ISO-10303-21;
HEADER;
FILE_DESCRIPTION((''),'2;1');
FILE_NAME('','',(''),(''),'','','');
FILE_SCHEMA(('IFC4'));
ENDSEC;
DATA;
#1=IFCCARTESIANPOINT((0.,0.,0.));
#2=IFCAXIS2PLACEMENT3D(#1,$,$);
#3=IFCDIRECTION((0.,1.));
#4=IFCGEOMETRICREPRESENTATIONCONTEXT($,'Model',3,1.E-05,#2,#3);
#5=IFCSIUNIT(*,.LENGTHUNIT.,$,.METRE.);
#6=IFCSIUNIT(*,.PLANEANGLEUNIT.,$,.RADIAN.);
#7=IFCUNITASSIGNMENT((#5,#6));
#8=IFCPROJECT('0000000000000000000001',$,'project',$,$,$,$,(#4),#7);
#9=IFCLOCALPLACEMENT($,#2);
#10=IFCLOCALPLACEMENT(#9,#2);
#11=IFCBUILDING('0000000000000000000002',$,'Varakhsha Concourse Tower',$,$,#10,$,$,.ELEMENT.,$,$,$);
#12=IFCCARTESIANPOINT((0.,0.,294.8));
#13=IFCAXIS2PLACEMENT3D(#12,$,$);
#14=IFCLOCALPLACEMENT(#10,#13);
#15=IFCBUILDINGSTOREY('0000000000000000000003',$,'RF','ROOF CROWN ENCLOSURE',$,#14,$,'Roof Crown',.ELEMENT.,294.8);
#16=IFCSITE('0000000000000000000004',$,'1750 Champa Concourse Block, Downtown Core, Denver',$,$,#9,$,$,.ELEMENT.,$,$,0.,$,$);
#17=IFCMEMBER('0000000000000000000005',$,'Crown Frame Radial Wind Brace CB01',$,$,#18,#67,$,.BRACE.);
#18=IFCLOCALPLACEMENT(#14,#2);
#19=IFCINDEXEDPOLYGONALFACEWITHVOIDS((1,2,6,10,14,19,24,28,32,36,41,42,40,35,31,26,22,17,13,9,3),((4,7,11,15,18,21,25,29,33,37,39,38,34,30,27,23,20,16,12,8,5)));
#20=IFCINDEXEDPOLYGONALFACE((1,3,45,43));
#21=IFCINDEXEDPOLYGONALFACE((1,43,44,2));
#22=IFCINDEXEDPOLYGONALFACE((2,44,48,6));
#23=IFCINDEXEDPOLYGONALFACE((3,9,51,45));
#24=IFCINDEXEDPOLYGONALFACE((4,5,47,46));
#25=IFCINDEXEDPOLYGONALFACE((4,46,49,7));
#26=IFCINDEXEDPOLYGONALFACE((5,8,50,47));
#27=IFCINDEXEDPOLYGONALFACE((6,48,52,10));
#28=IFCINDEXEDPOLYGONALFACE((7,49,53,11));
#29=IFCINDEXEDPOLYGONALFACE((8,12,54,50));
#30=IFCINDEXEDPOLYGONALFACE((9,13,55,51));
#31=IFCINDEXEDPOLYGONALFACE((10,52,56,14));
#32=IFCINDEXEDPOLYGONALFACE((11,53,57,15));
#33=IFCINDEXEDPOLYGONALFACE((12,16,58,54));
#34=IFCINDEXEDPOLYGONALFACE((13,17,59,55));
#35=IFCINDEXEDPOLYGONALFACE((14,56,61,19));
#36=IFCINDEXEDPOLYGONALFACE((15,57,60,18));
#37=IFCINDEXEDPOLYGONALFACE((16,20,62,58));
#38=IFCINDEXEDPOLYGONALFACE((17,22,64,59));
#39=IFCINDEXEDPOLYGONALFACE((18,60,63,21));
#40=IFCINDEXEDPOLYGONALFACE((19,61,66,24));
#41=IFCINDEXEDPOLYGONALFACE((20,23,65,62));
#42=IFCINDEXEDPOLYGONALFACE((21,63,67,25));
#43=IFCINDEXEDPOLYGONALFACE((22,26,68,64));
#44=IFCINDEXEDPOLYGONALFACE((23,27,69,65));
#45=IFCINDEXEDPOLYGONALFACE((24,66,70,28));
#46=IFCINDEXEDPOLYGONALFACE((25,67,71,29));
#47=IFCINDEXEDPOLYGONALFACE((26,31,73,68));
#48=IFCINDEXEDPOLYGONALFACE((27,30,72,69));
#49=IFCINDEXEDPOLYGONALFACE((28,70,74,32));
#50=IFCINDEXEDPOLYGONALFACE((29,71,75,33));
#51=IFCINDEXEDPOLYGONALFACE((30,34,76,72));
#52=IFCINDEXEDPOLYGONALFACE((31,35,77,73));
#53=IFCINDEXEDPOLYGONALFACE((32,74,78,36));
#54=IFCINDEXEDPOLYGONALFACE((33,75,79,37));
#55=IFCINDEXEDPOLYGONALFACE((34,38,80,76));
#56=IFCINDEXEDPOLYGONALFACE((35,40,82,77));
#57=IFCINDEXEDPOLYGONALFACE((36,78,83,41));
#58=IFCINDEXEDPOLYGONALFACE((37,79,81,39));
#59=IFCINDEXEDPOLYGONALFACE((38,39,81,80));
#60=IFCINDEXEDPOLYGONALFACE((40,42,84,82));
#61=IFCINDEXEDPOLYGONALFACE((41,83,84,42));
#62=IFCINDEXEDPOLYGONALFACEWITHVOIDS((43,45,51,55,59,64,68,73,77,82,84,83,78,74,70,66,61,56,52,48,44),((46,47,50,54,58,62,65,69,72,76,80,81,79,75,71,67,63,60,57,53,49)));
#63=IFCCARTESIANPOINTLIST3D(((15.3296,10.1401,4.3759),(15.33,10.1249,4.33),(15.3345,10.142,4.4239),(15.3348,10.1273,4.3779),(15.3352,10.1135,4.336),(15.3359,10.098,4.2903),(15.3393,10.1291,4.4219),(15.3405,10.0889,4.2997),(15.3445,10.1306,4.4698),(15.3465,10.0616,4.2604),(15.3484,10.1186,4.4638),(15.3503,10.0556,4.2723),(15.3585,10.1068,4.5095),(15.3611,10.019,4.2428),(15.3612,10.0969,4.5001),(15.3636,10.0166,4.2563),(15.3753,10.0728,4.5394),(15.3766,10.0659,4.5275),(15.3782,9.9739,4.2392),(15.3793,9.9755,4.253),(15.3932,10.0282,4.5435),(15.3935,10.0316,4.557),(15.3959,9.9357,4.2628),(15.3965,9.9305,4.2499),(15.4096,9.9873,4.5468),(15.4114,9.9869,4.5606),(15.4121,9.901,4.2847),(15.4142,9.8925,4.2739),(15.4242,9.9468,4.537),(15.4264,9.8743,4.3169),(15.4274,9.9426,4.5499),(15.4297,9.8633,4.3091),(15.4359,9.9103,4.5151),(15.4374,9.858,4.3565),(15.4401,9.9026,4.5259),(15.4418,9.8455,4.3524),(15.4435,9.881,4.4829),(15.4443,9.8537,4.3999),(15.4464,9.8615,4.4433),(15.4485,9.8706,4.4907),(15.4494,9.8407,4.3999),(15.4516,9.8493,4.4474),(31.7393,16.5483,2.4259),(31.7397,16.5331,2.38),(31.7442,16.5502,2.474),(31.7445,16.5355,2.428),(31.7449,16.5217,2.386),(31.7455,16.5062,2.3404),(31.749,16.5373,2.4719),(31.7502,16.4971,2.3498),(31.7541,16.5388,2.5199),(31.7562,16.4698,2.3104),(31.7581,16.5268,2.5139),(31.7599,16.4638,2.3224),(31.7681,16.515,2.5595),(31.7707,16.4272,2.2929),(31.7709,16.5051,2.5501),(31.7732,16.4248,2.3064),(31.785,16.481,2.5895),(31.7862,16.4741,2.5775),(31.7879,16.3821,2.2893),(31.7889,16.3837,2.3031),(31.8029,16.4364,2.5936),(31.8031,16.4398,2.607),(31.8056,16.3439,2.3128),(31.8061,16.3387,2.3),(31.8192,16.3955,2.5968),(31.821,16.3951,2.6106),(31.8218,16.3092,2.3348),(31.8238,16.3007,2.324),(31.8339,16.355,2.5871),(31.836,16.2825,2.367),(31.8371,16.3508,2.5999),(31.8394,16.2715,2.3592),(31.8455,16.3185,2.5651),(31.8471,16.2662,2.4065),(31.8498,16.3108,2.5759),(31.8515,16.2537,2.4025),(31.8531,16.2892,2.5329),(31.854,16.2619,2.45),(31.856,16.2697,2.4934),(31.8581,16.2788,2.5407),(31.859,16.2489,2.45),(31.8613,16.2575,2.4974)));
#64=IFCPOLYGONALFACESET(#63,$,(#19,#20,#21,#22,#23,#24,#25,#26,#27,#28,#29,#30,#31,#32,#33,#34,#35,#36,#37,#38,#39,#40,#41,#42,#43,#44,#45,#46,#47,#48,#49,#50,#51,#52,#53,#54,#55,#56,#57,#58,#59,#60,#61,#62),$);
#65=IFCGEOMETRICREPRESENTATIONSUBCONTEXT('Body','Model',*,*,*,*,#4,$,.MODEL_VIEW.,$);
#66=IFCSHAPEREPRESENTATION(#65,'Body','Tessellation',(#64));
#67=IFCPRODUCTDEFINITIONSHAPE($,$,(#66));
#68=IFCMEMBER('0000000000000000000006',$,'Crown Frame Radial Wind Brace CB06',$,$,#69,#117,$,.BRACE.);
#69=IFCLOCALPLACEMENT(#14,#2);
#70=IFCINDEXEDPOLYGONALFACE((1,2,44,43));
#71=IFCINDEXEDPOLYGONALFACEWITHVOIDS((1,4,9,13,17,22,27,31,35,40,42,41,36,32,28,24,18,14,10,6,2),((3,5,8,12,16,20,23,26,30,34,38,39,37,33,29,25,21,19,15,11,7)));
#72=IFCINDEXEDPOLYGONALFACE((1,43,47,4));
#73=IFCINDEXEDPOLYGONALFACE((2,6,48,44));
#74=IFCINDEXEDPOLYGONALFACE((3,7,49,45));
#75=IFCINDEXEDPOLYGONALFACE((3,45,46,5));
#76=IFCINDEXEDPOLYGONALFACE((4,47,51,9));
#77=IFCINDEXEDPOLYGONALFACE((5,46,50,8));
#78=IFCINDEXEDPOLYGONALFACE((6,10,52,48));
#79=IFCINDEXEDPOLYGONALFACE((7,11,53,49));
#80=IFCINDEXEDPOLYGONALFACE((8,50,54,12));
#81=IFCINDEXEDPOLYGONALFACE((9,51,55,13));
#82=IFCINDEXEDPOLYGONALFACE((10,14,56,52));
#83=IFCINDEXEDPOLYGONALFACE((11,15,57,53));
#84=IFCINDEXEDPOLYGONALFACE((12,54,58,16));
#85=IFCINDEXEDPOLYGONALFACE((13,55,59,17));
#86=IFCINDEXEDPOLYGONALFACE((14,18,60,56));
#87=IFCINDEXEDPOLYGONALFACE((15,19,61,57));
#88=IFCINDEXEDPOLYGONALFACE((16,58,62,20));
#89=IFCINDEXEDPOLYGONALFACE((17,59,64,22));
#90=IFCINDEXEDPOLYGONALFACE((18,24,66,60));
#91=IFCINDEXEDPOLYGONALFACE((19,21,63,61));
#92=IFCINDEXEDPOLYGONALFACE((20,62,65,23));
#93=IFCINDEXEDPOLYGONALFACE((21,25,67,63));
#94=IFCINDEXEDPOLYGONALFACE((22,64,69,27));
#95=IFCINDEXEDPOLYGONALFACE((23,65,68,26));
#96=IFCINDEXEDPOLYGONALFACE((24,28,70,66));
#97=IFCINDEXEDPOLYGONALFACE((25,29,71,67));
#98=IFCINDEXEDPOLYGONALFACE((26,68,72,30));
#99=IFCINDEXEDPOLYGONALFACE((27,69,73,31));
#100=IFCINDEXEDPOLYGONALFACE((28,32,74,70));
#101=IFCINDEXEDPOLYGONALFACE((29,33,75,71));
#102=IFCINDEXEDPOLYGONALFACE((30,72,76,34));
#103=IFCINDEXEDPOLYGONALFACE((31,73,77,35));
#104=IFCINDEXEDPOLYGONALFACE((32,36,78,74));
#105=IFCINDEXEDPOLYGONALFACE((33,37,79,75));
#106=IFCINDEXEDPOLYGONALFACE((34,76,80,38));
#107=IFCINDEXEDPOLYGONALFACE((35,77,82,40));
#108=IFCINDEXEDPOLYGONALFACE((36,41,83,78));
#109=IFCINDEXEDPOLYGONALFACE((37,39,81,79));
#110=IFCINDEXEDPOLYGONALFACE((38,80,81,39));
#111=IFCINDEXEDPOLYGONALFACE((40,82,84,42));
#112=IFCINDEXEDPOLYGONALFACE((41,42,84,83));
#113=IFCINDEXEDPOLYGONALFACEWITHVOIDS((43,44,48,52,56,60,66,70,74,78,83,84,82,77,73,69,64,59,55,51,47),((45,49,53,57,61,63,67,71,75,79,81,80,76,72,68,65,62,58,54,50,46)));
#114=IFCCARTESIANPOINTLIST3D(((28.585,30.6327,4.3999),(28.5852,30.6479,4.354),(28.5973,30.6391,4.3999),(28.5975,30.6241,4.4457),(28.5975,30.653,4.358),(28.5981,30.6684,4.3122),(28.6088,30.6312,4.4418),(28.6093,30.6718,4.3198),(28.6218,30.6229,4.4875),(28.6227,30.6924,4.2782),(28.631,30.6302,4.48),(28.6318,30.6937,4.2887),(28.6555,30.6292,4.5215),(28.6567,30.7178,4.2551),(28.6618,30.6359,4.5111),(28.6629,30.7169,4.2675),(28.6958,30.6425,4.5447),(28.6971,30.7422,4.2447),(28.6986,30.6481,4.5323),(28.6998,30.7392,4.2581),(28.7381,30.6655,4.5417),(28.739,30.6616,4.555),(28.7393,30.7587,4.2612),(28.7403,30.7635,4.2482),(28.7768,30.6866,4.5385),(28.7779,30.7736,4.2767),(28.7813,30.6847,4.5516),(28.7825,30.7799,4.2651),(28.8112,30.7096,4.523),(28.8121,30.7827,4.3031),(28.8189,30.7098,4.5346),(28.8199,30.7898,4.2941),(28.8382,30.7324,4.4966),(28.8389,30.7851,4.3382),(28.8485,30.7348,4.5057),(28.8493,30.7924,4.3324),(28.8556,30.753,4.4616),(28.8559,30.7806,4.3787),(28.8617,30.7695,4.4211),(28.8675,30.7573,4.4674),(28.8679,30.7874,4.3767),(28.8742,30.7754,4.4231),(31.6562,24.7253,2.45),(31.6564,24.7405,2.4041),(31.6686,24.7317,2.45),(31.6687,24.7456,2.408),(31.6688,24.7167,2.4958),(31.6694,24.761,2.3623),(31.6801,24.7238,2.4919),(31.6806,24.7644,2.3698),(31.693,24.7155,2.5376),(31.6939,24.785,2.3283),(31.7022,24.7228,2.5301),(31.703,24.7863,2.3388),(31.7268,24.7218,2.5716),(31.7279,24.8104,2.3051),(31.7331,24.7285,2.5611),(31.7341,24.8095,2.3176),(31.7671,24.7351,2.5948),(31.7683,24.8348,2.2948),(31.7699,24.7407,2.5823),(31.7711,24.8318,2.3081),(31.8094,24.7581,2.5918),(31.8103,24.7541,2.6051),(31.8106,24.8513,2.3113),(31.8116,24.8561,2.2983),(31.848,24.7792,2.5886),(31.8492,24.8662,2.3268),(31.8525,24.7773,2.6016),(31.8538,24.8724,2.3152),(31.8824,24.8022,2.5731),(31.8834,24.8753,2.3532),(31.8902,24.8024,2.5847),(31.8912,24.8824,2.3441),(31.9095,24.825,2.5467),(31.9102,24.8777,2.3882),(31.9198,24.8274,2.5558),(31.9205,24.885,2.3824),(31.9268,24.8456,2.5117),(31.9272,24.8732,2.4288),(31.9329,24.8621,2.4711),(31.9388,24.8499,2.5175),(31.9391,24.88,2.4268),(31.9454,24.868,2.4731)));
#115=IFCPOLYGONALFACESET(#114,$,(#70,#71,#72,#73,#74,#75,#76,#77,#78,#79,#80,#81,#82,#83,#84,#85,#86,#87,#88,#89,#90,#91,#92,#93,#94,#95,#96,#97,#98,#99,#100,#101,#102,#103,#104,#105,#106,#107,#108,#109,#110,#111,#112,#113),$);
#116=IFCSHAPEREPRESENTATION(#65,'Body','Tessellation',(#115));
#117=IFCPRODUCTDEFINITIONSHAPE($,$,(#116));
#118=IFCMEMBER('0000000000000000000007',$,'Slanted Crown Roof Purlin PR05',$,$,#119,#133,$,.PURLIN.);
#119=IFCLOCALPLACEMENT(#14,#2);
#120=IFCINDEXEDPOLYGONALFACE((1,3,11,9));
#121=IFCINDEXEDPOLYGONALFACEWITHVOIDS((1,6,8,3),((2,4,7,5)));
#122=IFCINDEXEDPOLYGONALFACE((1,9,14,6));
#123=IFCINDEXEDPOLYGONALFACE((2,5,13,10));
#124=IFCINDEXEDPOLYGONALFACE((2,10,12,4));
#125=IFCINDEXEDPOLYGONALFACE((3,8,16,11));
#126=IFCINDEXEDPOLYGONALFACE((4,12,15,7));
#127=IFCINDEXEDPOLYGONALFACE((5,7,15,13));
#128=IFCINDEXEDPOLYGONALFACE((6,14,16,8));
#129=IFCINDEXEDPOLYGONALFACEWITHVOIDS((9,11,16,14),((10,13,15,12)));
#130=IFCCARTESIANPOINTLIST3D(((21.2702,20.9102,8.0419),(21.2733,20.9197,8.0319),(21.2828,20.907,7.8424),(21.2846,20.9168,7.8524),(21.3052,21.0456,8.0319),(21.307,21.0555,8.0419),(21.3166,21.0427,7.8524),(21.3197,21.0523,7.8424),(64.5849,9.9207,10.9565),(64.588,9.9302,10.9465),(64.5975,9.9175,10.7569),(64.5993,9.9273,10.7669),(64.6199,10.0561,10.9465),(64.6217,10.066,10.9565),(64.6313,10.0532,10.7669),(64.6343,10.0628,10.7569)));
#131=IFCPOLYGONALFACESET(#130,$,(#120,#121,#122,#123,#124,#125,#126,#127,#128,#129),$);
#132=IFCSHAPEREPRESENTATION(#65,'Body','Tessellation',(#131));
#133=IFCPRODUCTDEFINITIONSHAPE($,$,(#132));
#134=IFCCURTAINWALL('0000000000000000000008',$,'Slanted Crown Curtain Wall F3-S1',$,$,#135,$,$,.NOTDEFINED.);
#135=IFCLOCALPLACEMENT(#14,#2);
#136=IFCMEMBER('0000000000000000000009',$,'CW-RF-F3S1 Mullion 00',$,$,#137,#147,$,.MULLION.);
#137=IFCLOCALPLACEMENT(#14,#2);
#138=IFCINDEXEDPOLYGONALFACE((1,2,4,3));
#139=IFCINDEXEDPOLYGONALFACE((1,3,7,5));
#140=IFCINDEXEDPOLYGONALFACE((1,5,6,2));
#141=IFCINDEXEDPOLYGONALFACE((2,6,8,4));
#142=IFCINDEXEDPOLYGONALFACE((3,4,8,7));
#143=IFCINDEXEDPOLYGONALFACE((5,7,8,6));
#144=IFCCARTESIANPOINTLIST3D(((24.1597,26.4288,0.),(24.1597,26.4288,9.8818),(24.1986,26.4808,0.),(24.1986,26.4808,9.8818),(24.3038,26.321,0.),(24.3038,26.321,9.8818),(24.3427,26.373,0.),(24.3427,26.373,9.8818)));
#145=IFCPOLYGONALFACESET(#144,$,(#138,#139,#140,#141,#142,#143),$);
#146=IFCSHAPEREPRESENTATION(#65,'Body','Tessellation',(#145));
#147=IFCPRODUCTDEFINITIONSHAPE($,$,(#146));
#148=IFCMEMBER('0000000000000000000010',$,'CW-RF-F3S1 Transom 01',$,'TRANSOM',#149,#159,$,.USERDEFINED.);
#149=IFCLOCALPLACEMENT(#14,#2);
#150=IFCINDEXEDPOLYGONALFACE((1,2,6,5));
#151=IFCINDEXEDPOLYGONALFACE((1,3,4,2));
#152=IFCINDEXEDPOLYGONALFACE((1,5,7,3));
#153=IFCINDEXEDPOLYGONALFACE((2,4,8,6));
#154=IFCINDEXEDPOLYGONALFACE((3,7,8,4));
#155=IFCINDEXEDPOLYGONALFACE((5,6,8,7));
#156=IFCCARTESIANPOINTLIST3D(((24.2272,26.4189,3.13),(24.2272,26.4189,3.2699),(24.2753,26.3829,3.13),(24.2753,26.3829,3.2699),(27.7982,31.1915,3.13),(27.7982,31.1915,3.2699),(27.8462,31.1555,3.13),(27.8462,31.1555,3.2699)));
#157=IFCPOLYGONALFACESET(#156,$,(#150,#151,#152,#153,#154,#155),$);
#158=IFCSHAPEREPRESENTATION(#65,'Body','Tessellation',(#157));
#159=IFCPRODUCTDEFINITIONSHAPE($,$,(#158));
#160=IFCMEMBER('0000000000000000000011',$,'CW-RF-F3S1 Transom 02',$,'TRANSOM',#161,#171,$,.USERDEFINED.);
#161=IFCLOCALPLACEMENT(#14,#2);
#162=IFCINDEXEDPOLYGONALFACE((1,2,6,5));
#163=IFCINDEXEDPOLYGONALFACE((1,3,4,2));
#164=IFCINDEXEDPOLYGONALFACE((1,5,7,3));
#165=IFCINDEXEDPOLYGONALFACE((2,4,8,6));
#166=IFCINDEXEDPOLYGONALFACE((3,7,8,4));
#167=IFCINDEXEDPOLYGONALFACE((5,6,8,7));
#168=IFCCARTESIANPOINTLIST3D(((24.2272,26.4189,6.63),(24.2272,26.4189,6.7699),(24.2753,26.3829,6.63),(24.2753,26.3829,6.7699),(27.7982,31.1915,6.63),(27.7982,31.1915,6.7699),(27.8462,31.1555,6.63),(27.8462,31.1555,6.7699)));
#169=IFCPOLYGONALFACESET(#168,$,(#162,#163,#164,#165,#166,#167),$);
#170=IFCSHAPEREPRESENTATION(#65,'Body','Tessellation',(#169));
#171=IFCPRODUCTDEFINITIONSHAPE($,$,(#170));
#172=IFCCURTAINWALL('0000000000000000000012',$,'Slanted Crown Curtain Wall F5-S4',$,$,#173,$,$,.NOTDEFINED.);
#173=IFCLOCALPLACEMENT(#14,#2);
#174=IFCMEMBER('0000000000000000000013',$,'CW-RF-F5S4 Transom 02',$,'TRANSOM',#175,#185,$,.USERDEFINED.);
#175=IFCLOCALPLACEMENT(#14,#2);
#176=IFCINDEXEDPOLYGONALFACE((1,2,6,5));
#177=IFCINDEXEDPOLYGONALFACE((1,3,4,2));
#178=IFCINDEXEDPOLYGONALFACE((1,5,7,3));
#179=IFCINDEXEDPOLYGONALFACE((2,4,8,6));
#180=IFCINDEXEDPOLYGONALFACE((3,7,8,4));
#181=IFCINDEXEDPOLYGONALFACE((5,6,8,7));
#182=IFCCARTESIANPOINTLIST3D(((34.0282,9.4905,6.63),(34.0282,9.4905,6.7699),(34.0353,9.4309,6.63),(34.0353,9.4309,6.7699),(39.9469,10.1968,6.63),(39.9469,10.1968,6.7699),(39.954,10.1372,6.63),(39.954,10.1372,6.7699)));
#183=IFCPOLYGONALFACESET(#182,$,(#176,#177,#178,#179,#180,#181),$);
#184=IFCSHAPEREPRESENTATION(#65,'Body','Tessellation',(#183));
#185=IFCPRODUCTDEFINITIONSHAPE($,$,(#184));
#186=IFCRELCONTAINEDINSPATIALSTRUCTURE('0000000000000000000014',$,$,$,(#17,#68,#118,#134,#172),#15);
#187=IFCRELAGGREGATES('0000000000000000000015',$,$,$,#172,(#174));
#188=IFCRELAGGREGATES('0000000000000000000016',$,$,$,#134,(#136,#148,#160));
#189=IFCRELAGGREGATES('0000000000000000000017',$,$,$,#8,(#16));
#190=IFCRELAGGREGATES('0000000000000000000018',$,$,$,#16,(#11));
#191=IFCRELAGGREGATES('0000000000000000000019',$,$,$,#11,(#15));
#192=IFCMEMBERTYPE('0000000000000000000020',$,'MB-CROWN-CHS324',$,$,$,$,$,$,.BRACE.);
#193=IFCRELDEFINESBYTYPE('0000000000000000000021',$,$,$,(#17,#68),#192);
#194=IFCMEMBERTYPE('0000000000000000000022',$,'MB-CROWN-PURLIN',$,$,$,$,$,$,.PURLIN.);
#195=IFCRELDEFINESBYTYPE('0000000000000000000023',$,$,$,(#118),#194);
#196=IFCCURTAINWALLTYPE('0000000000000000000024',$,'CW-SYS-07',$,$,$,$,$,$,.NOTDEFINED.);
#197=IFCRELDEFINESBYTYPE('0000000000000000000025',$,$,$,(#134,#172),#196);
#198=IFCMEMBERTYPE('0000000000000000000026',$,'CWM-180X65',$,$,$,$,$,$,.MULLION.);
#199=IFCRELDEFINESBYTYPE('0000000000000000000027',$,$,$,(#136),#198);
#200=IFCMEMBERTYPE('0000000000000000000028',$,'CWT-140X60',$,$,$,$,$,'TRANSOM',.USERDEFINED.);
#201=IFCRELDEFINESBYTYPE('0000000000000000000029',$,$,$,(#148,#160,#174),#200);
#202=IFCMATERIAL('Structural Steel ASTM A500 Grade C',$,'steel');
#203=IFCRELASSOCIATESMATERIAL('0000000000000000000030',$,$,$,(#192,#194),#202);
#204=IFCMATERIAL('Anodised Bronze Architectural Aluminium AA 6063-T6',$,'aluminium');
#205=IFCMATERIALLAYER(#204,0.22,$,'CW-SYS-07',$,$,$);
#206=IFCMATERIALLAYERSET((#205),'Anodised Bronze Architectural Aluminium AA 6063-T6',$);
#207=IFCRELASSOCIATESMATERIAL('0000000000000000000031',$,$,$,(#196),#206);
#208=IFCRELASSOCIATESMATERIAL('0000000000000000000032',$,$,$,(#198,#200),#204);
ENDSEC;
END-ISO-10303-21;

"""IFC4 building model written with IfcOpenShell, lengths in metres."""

from ifc_helpers import new_model, si_unit, direction, frame, origin, origin_2d, place, context, subcontext, project, spatial, rectangle, hollow_rectangle, hollow_circle, extrude, source, transform, mapped, material, layer, layer_set, material_profile, profile_set, type_object, type_shapes, element, aggregate, save


model = new_model("IFC4")

# Units and contexts
model_context = context("Model", 3, precision=1e-05, world=origin(), true_north=direction((0.0, 1.0)))
body_context = subcontext(model_context, "Body", "Model", "MODEL_VIEW")
ifc_project = project(units=[si_unit("LENGTHUNIT", "METRE"), si_unit("PLANEANGLEUNIT", "RADIAN")], contexts=[model_context])

# Site, building, storey
site_placement = place(None, origin())
site = spatial("IfcSite", under=ifc_project, at=site_placement, Name="1750 Champa Concourse Block, Downtown Core, Denver", CompositionType="ELEMENT", RefElevation=0.0)
building_placement = place(site_placement, origin())
building = spatial("IfcBuilding", under=site, at=building_placement, Name="Varakhsha Concourse Tower", CompositionType="ELEMENT")
storey_placement = place(building_placement, frame((0.0, 0.0, 294.8)))
storey = spatial("IfcBuildingStorey", under=building, at=storey_placement, Name="RF", Description="ROOF CROWN ENCLOSURE", LongName="Roof Crown", CompositionType="ELEMENT", Elevation=294.8)

# Members
ifc_material_1 = material(Name="Structural Steel ASTM A500 Grade C", Category="steel")
ifc_material_profile_1 = material_profile(ifc_material_1, hollow_circle(Radius=0.1621, WallThickness=0.0139, at=origin_2d()), Name="CHS 324x14")
ifc_profile_set_1 = profile_set([ifc_material_profile_1], Name="Structural Steel ASTM A500 Grade C")
member_type_1 = type_object("IfcMemberType", Name="MB-CROWN-CHS324", PredefinedType="BRACE", material=ifc_profile_set_1)
shared_shape_1 = source(origin(), body_context, "Body", "SweptSolid", [
    extrude(hollow_circle(Radius=0.1621, WallThickness=0.0139, at=origin_2d()), origin(), (0.0, 0.0, 1.0), 17.7241),
])
member_1_placement = place(storey_placement, frame((31.8, 16.3999, 2.45), z_axis=(-0.925838, -0.361553, 0.110017), x_axis=(0.363761, -0.931492, 0.0)))
element("IfcMember", 1, at=member_1_placement, inside=storey, type_object=member_type_1, Name="Crown Frame Radial Wind Brace CB01", PredefinedType="BRACE", context=body_context, shape_type="MappedRepresentation", body=[
    mapped(shared_shape_1, transform((0.0, 0.0, 0.0), scale=1.0)),
])
shared_shape_2 = source(origin(), body_context, "Body", "SweptSolid", [
    extrude(hollow_circle(Radius=0.1621, WallThickness=0.0139, at=origin_2d()), origin(), (0.0, 0.0, 1.0), 6.9377),
])
type_shapes(member_type_1, [shared_shape_1, shared_shape_2])
member_2_placement = place(storey_placement, frame((31.8, 24.8, 2.45), z_axis=(-0.442688, 0.851488, 0.281061), x_axis=(-0.887253, -0.461282, 0.0)))
element("IfcMember", 2, at=member_2_placement, inside=storey, type_object=member_type_1, Name="Crown Frame Radial Wind Brace CB06", PredefinedType="BRACE", context=body_context, shape_type="MappedRepresentation", body=[
    mapped(shared_shape_2, transform((0.0, 0.0, 0.0), scale=1.0)),
])
ifc_material_profile_2 = material_profile(ifc_material_1, hollow_rectangle(XDim=0.1499, YDim=0.2, WallThickness=0.01, at=origin_2d()), Name="HSS 200x150x10")
ifc_profile_set_2 = profile_set([ifc_material_profile_2], Name="Structural Steel ASTM A500 Grade C")
member_type_2 = type_object("IfcMemberType", Name="MB-CROWN-PURLIN", PredefinedType="PURLIN", material=ifc_profile_set_2)
shared_shape_3 = source(origin(), body_context, "Body", "SweptSolid", [
    extrude(hollow_rectangle(XDim=0.1499, YDim=0.2, WallThickness=0.01, at=origin_2d()), origin(), (0.0, 0.0, 1.0), 44.782),
])
type_shapes(member_type_2, [shared_shape_3])
member_3_placement = place(storey_placement, frame((21.2949, 20.9812, 7.9421), z_axis=(0.967235, -0.2454, 0.065083), x_axis=(0.245921, 0.96929, 0.0)))
element("IfcMember", 3, at=member_3_placement, inside=storey, type_object=member_type_2, Name="Slanted Crown Roof Purlin PR05", PredefinedType="PURLIN", context=body_context, shape_type="MappedRepresentation", body=[
    mapped(shared_shape_3, transform((0.0, 0.0, 0.0), scale=1.0)),
])

# Curtain wall, members
ifc_material_2 = material(Name="Anodised Bronze Architectural Aluminium AA 6063-T6", Category="aluminium")
ifc_layer_1 = layer(ifc_material_2, 0.22, Name="CW-SYS-07")
ifc_layer_set_1 = layer_set([ifc_layer_1], Name="Anodised Bronze Architectural Aluminium AA 6063-T6")
curtain_wall_type = type_object("IfcCurtainWallType", Name="CW-SYS-07", PredefinedType="NOTDEFINED", material=ifc_layer_set_1)
curtain_wall_1_placement = place(storey_placement, origin())
curtain_wall_1 = element("IfcCurtainWall", 4, at=curtain_wall_1_placement, inside=storey, type_object=curtain_wall_type, Name="Slanted Crown Curtain Wall F3-S1", PredefinedType="NOTDEFINED")
ifc_material_profile_3 = material_profile(ifc_material_2, rectangle(XDim=0.0649, YDim=0.1799, at=origin_2d()), Name="CWM-180X65")
ifc_profile_set_3 = profile_set([ifc_material_profile_3], Name="Anodised Bronze Architectural Aluminium AA 6063-T6")
member_type_3 = type_object("IfcMemberType", Name="CWM-180X65", PredefinedType="MULLION", material=ifc_profile_set_3)
shared_shape_4 = source(origin(), body_context, "Body", "SweptSolid", [
    extrude(rectangle(XDim=0.0649, YDim=0.1799, at=origin_2d()), origin(), (0.0, 0.0, 1.0), 9.8818),
])
member_4_placement = place(storey_placement, frame((24.2512, 26.4009, 0.0), z_axis=(0.0, 0.0, 1.0), x_axis=(0.599092, 0.80068, 0.0)))
member_4 = element("IfcMember", 5, at=member_4_placement, type_object=member_type_3, Name="CW-RF-F3S1 Mullion 00", PredefinedType="MULLION", context=body_context, shape_type="MappedRepresentation", body=[
    mapped(shared_shape_4, transform((0.0, 0.0, 0.0), scale=1.0)),
])
ifc_material_profile_4 = material_profile(ifc_material_2, rectangle(XDim=0.0601, YDim=0.1399, at=origin_2d()), Name="CWT-140X60")
ifc_profile_set_4 = profile_set([ifc_material_profile_4], Name="Anodised Bronze Architectural Aluminium AA 6063-T6")
member_type_4 = type_object("IfcMemberType", Name="CWT-140X60", ElementType="TRANSOM", PredefinedType="USERDEFINED", material=ifc_profile_set_4)
shared_shape_5 = source(origin(), body_context, "Body", "SweptSolid", [
    extrude(rectangle(XDim=0.0601, YDim=0.1399, at=origin_2d()), origin(), (0.0, 0.0, 1.0), 5.9607),
])
type_shapes(member_type_4, [shared_shape_5])
member_5_placement = place(storey_placement, frame((24.2512, 26.4009, 3.2), z_axis=(0.599089, 0.800683, 0.0), x_axis=(-0.800683, 0.599089, 0.0)))
member_5 = element("IfcMember", 6, at=member_5_placement, type_object=member_type_4, Name="CW-RF-F3S1 Transom 01", ObjectType="TRANSOM", PredefinedType="USERDEFINED", context=body_context, shape_type="MappedRepresentation", body=[
    mapped(shared_shape_5, transform((0.0, 0.0, 0.0), scale=1.0)),
])
member_6_placement = place(storey_placement, frame((24.2512, 26.4009, 6.7), z_axis=(0.599089, 0.800683, 0.0), x_axis=(-0.800683, 0.599089, 0.0)))
member_6 = element("IfcMember", 7, at=member_6_placement, type_object=member_type_4, Name="CW-RF-F3S1 Transom 02", ObjectType="TRANSOM", PredefinedType="USERDEFINED", context=body_context, shape_type="MappedRepresentation", body=[
    mapped(shared_shape_5, transform((0.0, 0.0, 0.0), scale=1.0)),
])

# Curtain wall, member
curtain_wall_2_placement = place(storey_placement, origin())
curtain_wall_2 = element("IfcCurtainWall", 8, at=curtain_wall_2_placement, inside=storey, type_object=curtain_wall_type, Name="Slanted Crown Curtain Wall F5-S4", PredefinedType="NOTDEFINED")
member_7_placement = place(storey_placement, frame((39.9504, 10.167, 6.7), z_axis=(-0.992955, -0.118493, 0.0), x_axis=(0.118493, -0.992955, 0.0)))
member_7 = element("IfcMember", 9, at=member_7_placement, type_object=member_type_4, Name="CW-RF-F5S4 Transom 02", ObjectType="TRANSOM", PredefinedType="USERDEFINED", context=body_context, shape_type="MappedRepresentation", body=[
    mapped(shared_shape_5, transform((0.0, 0.0, 0.0), scale=1.0)),
])
aggregate(curtain_wall_2, [member_7])

aggregate(curtain_wall_1, [member_4, member_5, member_6])

save(model, "model.ifc")
